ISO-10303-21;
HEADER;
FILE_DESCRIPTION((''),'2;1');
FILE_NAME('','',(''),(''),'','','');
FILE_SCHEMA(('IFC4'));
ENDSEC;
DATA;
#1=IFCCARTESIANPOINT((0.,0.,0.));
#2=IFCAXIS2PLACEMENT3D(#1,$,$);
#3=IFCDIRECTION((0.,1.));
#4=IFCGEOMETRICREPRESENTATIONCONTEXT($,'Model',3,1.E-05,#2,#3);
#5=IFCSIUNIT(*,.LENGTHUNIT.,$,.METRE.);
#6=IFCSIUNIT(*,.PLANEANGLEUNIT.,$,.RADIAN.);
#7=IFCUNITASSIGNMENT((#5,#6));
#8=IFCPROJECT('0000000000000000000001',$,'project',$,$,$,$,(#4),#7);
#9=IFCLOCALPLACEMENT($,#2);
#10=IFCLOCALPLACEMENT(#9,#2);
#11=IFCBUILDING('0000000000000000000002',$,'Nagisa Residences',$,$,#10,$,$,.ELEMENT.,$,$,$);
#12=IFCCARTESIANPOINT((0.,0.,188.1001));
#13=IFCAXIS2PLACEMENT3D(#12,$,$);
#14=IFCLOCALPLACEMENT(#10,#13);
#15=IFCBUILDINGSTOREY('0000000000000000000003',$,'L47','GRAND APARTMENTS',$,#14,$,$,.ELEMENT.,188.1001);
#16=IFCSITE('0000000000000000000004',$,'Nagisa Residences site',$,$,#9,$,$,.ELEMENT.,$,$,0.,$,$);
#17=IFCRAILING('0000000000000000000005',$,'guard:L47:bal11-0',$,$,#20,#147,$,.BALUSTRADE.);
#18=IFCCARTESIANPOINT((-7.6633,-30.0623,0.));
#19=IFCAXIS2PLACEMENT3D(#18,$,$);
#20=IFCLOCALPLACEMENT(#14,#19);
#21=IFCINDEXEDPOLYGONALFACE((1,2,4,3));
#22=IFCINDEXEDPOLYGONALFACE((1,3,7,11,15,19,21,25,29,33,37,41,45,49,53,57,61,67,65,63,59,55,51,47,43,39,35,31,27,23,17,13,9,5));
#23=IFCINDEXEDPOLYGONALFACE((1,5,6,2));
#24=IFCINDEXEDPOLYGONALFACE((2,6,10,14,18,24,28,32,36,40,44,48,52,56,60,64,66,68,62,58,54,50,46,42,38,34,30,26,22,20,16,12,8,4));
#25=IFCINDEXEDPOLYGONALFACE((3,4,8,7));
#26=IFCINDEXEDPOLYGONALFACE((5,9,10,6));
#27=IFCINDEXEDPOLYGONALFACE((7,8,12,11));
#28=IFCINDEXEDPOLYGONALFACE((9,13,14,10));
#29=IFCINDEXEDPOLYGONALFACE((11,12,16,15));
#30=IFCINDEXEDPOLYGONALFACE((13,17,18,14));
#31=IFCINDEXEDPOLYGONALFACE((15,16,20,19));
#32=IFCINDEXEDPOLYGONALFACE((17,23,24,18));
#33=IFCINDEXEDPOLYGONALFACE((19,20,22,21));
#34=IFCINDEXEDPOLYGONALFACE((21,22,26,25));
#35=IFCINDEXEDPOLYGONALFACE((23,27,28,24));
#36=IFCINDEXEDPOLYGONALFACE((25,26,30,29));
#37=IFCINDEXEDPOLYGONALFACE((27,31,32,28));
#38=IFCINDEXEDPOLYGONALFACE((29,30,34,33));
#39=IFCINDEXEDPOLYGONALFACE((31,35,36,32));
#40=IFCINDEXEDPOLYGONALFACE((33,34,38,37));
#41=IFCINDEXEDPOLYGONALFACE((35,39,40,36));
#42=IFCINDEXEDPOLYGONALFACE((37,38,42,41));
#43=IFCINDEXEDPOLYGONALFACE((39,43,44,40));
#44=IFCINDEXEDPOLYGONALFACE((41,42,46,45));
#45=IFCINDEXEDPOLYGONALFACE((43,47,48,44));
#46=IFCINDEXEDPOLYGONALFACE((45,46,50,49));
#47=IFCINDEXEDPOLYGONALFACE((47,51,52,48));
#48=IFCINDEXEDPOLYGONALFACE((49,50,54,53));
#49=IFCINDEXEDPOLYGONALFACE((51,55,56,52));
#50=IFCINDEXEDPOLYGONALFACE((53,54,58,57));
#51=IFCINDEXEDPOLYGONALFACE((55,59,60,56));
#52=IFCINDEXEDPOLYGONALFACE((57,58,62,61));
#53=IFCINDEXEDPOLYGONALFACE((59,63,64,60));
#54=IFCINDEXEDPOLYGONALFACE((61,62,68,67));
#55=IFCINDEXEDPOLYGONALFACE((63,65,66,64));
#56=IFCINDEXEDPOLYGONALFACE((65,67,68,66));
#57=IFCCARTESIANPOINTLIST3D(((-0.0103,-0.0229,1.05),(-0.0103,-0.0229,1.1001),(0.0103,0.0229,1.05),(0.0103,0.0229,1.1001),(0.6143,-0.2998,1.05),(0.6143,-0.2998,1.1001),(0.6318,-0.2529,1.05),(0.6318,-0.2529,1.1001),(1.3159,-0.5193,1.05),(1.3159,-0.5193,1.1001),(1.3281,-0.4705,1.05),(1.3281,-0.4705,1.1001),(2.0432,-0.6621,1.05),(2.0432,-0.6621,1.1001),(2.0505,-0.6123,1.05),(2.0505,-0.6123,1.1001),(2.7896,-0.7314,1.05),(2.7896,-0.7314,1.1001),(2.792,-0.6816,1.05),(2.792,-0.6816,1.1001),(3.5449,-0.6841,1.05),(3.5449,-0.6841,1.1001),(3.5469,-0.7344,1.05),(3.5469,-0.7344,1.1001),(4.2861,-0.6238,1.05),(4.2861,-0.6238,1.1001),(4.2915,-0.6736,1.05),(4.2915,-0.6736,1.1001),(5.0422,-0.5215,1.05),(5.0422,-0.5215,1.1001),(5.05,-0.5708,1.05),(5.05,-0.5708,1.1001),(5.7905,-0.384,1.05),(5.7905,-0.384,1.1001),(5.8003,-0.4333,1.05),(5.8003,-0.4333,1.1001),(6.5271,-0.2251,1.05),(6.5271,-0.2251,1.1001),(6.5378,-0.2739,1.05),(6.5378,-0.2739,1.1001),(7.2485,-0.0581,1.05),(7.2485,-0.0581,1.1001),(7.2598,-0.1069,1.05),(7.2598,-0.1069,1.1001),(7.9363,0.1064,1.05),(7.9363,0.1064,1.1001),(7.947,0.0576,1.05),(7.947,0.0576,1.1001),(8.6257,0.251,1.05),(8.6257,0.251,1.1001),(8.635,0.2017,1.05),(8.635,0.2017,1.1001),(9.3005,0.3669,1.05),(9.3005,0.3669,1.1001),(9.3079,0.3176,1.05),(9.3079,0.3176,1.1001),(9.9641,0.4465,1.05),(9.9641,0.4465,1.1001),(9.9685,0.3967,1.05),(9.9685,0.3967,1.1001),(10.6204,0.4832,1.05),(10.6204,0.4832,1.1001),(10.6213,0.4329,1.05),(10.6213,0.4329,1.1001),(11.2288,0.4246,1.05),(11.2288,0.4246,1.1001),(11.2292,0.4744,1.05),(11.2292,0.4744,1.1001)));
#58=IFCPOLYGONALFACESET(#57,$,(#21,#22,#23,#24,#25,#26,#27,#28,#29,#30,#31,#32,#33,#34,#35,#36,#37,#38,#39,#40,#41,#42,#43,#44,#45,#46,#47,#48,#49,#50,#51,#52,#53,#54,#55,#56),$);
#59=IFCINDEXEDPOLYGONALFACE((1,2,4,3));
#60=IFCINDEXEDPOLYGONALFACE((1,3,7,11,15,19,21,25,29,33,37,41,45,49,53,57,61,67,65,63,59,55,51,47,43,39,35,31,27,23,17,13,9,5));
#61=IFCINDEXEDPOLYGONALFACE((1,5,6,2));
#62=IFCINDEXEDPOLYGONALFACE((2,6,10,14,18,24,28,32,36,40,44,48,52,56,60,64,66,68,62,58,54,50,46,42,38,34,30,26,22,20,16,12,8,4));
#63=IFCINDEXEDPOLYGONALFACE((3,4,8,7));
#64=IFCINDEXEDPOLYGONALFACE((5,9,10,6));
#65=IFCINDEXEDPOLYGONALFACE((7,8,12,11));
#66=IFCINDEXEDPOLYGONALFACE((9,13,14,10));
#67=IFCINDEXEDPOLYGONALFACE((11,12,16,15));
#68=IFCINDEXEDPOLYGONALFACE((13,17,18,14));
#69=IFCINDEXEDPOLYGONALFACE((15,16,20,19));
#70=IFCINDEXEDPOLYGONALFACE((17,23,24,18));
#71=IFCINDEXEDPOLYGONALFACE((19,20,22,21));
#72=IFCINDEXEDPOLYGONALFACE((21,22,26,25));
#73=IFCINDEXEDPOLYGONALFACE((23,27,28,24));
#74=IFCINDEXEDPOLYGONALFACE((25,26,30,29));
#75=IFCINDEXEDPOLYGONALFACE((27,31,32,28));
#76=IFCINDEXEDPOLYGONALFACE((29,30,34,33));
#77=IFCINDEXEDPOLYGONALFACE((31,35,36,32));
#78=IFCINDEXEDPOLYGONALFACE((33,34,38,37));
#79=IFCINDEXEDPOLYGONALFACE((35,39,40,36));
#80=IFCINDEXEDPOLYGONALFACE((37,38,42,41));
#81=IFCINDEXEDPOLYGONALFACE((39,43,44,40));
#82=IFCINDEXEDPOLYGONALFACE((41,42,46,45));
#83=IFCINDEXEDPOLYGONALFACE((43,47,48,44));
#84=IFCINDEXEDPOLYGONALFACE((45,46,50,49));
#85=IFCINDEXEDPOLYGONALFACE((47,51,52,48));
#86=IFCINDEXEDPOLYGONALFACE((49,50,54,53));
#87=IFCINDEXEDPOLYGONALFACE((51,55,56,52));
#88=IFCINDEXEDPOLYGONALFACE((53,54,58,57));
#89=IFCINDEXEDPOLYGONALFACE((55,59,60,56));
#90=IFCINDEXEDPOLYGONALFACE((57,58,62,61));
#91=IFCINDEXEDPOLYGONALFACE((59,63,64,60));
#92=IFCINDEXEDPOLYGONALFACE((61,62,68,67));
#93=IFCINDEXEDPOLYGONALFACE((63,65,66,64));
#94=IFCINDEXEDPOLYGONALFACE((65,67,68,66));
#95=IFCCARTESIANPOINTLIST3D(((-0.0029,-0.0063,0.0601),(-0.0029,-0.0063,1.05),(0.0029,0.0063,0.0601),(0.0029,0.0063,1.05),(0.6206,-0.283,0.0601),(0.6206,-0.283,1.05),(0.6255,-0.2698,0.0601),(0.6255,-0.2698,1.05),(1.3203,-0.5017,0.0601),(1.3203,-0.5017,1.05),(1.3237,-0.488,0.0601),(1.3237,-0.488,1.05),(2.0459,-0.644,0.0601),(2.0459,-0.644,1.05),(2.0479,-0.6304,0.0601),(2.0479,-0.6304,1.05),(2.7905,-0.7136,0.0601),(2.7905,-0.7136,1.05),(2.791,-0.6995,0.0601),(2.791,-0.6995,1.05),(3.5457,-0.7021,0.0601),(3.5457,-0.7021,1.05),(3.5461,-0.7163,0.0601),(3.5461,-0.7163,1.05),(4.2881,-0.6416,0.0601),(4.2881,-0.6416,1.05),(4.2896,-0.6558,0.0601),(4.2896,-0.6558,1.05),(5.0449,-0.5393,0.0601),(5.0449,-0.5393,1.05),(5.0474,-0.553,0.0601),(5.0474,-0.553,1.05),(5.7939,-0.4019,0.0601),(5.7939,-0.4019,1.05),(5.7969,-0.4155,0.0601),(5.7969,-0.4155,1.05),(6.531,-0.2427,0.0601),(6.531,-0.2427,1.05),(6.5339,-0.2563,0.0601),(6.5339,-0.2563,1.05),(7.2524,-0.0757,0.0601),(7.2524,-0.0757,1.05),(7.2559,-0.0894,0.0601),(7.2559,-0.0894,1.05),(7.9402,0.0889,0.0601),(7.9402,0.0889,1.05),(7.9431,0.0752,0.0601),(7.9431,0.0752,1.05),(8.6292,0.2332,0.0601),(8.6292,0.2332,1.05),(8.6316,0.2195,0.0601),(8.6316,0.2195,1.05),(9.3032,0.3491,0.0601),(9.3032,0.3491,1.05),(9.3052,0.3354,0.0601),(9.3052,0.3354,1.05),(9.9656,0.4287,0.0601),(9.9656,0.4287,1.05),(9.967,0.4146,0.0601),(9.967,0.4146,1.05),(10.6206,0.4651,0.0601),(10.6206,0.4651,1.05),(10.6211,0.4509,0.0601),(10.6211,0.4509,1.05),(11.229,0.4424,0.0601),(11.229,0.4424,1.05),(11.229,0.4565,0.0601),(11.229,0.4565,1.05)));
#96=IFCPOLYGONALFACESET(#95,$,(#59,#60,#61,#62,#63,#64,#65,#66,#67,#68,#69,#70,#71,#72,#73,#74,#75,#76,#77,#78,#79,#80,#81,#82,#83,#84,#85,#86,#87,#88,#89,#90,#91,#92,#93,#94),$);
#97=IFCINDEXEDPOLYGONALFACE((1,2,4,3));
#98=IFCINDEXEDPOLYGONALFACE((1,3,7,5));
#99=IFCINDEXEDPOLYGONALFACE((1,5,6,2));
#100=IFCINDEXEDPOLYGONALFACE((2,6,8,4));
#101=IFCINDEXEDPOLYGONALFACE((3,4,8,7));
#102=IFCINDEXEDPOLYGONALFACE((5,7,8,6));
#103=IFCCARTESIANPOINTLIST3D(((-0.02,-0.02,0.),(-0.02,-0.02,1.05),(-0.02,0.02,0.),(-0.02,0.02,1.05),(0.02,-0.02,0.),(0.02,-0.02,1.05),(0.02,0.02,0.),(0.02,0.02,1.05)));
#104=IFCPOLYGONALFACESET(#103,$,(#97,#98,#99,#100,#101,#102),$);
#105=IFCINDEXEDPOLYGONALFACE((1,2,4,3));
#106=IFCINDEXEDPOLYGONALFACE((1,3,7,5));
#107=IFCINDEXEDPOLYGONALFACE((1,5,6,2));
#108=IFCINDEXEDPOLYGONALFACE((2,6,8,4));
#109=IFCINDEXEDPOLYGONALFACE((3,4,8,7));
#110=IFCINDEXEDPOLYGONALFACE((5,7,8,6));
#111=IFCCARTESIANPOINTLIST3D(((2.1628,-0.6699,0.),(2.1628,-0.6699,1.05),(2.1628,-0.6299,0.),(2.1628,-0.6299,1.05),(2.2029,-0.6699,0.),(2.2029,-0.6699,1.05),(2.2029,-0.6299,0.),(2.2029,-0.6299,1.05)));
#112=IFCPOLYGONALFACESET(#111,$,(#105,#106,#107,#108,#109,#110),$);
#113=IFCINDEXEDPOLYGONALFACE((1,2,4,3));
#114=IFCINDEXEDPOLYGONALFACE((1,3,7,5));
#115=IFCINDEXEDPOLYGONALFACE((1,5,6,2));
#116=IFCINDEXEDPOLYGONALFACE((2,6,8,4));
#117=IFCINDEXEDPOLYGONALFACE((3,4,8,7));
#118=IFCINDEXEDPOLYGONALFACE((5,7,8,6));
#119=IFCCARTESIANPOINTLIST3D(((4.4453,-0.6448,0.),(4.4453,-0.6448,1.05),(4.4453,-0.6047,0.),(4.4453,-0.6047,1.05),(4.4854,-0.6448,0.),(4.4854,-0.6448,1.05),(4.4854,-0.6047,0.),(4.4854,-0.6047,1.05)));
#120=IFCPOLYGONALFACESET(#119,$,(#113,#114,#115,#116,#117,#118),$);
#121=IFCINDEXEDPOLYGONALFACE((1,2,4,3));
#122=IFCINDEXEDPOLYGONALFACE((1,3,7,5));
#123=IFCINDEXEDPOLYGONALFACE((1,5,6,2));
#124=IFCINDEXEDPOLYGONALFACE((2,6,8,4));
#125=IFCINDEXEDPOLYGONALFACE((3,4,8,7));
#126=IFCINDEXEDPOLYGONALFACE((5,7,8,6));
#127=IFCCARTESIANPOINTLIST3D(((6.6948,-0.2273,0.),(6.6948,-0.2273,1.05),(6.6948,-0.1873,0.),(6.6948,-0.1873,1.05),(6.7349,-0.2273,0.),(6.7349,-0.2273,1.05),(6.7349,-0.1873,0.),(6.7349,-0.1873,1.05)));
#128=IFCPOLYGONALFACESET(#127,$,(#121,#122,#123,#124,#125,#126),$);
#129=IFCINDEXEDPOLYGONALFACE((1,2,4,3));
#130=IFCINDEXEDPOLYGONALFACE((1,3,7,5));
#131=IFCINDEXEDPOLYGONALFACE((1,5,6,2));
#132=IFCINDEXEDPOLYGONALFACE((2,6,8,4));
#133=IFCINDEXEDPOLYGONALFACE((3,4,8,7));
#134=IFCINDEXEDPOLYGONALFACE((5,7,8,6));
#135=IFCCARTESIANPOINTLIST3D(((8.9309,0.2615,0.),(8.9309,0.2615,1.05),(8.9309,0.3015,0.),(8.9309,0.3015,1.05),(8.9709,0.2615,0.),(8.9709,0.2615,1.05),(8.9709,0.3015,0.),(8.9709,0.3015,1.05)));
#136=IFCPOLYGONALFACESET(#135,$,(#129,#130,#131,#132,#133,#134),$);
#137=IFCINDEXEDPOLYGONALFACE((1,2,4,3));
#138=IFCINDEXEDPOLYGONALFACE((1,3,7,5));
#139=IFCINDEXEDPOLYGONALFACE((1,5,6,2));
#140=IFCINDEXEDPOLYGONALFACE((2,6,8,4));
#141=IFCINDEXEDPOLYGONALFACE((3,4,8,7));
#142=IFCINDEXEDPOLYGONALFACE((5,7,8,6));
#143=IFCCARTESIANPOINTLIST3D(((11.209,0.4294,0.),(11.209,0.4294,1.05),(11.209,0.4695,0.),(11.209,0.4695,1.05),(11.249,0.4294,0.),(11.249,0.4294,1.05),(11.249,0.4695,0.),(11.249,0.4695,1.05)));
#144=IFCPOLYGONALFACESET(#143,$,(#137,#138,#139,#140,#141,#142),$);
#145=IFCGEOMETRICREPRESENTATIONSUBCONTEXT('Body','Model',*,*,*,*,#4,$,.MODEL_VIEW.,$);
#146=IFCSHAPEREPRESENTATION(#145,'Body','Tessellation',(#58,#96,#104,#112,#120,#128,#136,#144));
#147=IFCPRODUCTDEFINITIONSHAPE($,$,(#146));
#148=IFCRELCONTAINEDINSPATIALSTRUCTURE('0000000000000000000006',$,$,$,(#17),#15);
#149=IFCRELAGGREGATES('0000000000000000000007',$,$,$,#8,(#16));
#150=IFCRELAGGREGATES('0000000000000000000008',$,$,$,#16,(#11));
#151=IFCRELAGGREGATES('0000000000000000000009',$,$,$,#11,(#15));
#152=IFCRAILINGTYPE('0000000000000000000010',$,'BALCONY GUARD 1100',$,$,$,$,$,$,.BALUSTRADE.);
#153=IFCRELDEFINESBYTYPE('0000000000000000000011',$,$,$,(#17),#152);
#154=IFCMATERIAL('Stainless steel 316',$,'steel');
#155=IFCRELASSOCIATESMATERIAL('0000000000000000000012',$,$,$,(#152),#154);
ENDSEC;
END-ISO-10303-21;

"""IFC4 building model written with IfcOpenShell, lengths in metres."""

from ifc_helpers import new_model, si_unit, direction, frame, origin, origin_2d, place, context, subcontext, project, spatial, polyline, rectangle, outline, extrude, material, type_object, element, save


model = new_model("IFC4")

# Units and contexts
model_context = context("Model", 3, precision=1e-05, world=origin(), true_north=direction((0.0, 1.0)))
body_context = subcontext(model_context, "Body", "Model", "MODEL_VIEW")
ifc_project = project(units=[si_unit("LENGTHUNIT", "METRE"), si_unit("PLANEANGLEUNIT", "RADIAN")], contexts=[model_context])

# Site, building, storey
site_placement = place(None, origin())
site = spatial("IfcSite", under=ifc_project, at=site_placement, Name="Nagisa Residences site", CompositionType="ELEMENT", RefElevation=0.0)
building_placement = place(site_placement, origin())
building = spatial("IfcBuilding", under=site, at=building_placement, Name="Nagisa Residences", CompositionType="ELEMENT")
storey_placement = place(building_placement, frame((0.0, 0.0, 188.1001)))
storey = spatial("IfcBuildingStorey", under=building, at=storey_placement, Name="L47", Description="GRAND APARTMENTS", CompositionType="ELEMENT", Elevation=188.1001)

# Railing
ifc_material_1 = material(Name="Stainless steel 316", Category="steel")
railing_type = type_object("IfcRailingType", Name="BALCONY GUARD 1100", PredefinedType="BALUSTRADE", material=ifc_material_1)
railing_placement = place(storey_placement, frame((-7.6633, -30.0623, 0.0)))
element("IfcRailing", 1, at=railing_placement, inside=storey, type_object=railing_type, Name="guard:L47:bal11-0", PredefinedType="BALUSTRADE", context=body_context, shape_type="SweptSolid", body=[
    extrude(outline(polyline([(0.6318, -0.2529), (0.0103, 0.0229), (-0.0103, -0.0229), (0.6143, -0.2998), (1.3159, -0.5193), (2.0432, -0.6621), (2.7896, -0.7314), (3.5469, -0.7344), (4.2915, -0.6736), (5.05, -0.5708), (5.8003, -0.4333), (6.5378, -0.2739), (7.2598, -0.1069), (7.947, 0.0576), (8.635, 0.2017), (9.3079, 0.3176), (9.9685, 0.3967), (10.6213, 0.4329), (11.2288, 0.4246), (11.2292, 0.4744), (10.6204, 0.4832), (9.9641, 0.4465), (9.3005, 0.3669), (8.6257, 0.251), (7.9363, 0.1064), (7.2485, -0.0581), (6.5271, -0.2251), (5.7905, -0.384), (5.0422, -0.5215), (4.2861, -0.6238), (3.5449, -0.6841), (2.792, -0.6816), (2.0505, -0.6123), (1.3281, -0.4705), (0.6318, -0.2529)])), frame((0.0, 0.0, 1.05)), (0.0, 0.0, 1.0), 0.05),
    extrude(outline(polyline([(0.6255, -0.2698), (0.0029, 0.0063), (-0.0029, -0.0063), (0.6206, -0.283), (1.3203, -0.5017), (2.0459, -0.644), (2.7905, -0.7136), (3.5461, -0.7163), (4.2896, -0.6558), (5.0474, -0.553), (5.7969, -0.4155), (6.5339, -0.2563), (7.2559, -0.0894), (7.9431, 0.0752), (8.6316, 0.2195), (9.3052, 0.3354), (9.967, 0.4146), (10.6211, 0.4509), (11.229, 0.4424), (11.229, 0.4565), (10.6206, 0.4651), (9.9656, 0.4287), (9.3032, 0.3491), (8.6292, 0.2332), (7.9402, 0.0889), (7.2524, -0.0757), (6.531, -0.2427), (5.7939, -0.4019), (5.0449, -0.5393), (4.2881, -0.6416), (3.5457, -0.7021), (2.791, -0.6995), (2.0479, -0.6304), (1.3237, -0.488), (0.6255, -0.2698)])), frame((0.0, 0.0, 0.0601)), (0.0, 0.0, 1.0), 0.99),
    extrude(rectangle(XDim=0.04, YDim=0.04, at=origin_2d()), origin(), (0.0, 0.0, 1.0), 1.05),
    extrude(rectangle(XDim=0.04, YDim=0.04, at=origin_2d()), frame((2.1829, -0.6499, 0.0)), (0.0, 0.0, 1.0), 1.05),
    extrude(rectangle(XDim=0.04, YDim=0.04, at=origin_2d()), frame((4.4653, -0.6248, 0.0)), (0.0, 0.0, 1.0), 1.05),
    extrude(rectangle(XDim=0.04, YDim=0.04, at=origin_2d()), frame((6.7148, -0.2073, 0.0)), (0.0, 0.0, 1.0), 1.05),
    extrude(rectangle(XDim=0.04, YDim=0.04, at=origin_2d()), frame((8.9509, 0.2815, 0.0)), (0.0, 0.0, 1.0), 1.05),
    extrude(rectangle(XDim=0.04, YDim=0.04, at=origin_2d()), frame((11.229, 0.4495, 0.0)), (0.0, 0.0, 1.0), 1.05),
])

save(model, "model.ifc")
